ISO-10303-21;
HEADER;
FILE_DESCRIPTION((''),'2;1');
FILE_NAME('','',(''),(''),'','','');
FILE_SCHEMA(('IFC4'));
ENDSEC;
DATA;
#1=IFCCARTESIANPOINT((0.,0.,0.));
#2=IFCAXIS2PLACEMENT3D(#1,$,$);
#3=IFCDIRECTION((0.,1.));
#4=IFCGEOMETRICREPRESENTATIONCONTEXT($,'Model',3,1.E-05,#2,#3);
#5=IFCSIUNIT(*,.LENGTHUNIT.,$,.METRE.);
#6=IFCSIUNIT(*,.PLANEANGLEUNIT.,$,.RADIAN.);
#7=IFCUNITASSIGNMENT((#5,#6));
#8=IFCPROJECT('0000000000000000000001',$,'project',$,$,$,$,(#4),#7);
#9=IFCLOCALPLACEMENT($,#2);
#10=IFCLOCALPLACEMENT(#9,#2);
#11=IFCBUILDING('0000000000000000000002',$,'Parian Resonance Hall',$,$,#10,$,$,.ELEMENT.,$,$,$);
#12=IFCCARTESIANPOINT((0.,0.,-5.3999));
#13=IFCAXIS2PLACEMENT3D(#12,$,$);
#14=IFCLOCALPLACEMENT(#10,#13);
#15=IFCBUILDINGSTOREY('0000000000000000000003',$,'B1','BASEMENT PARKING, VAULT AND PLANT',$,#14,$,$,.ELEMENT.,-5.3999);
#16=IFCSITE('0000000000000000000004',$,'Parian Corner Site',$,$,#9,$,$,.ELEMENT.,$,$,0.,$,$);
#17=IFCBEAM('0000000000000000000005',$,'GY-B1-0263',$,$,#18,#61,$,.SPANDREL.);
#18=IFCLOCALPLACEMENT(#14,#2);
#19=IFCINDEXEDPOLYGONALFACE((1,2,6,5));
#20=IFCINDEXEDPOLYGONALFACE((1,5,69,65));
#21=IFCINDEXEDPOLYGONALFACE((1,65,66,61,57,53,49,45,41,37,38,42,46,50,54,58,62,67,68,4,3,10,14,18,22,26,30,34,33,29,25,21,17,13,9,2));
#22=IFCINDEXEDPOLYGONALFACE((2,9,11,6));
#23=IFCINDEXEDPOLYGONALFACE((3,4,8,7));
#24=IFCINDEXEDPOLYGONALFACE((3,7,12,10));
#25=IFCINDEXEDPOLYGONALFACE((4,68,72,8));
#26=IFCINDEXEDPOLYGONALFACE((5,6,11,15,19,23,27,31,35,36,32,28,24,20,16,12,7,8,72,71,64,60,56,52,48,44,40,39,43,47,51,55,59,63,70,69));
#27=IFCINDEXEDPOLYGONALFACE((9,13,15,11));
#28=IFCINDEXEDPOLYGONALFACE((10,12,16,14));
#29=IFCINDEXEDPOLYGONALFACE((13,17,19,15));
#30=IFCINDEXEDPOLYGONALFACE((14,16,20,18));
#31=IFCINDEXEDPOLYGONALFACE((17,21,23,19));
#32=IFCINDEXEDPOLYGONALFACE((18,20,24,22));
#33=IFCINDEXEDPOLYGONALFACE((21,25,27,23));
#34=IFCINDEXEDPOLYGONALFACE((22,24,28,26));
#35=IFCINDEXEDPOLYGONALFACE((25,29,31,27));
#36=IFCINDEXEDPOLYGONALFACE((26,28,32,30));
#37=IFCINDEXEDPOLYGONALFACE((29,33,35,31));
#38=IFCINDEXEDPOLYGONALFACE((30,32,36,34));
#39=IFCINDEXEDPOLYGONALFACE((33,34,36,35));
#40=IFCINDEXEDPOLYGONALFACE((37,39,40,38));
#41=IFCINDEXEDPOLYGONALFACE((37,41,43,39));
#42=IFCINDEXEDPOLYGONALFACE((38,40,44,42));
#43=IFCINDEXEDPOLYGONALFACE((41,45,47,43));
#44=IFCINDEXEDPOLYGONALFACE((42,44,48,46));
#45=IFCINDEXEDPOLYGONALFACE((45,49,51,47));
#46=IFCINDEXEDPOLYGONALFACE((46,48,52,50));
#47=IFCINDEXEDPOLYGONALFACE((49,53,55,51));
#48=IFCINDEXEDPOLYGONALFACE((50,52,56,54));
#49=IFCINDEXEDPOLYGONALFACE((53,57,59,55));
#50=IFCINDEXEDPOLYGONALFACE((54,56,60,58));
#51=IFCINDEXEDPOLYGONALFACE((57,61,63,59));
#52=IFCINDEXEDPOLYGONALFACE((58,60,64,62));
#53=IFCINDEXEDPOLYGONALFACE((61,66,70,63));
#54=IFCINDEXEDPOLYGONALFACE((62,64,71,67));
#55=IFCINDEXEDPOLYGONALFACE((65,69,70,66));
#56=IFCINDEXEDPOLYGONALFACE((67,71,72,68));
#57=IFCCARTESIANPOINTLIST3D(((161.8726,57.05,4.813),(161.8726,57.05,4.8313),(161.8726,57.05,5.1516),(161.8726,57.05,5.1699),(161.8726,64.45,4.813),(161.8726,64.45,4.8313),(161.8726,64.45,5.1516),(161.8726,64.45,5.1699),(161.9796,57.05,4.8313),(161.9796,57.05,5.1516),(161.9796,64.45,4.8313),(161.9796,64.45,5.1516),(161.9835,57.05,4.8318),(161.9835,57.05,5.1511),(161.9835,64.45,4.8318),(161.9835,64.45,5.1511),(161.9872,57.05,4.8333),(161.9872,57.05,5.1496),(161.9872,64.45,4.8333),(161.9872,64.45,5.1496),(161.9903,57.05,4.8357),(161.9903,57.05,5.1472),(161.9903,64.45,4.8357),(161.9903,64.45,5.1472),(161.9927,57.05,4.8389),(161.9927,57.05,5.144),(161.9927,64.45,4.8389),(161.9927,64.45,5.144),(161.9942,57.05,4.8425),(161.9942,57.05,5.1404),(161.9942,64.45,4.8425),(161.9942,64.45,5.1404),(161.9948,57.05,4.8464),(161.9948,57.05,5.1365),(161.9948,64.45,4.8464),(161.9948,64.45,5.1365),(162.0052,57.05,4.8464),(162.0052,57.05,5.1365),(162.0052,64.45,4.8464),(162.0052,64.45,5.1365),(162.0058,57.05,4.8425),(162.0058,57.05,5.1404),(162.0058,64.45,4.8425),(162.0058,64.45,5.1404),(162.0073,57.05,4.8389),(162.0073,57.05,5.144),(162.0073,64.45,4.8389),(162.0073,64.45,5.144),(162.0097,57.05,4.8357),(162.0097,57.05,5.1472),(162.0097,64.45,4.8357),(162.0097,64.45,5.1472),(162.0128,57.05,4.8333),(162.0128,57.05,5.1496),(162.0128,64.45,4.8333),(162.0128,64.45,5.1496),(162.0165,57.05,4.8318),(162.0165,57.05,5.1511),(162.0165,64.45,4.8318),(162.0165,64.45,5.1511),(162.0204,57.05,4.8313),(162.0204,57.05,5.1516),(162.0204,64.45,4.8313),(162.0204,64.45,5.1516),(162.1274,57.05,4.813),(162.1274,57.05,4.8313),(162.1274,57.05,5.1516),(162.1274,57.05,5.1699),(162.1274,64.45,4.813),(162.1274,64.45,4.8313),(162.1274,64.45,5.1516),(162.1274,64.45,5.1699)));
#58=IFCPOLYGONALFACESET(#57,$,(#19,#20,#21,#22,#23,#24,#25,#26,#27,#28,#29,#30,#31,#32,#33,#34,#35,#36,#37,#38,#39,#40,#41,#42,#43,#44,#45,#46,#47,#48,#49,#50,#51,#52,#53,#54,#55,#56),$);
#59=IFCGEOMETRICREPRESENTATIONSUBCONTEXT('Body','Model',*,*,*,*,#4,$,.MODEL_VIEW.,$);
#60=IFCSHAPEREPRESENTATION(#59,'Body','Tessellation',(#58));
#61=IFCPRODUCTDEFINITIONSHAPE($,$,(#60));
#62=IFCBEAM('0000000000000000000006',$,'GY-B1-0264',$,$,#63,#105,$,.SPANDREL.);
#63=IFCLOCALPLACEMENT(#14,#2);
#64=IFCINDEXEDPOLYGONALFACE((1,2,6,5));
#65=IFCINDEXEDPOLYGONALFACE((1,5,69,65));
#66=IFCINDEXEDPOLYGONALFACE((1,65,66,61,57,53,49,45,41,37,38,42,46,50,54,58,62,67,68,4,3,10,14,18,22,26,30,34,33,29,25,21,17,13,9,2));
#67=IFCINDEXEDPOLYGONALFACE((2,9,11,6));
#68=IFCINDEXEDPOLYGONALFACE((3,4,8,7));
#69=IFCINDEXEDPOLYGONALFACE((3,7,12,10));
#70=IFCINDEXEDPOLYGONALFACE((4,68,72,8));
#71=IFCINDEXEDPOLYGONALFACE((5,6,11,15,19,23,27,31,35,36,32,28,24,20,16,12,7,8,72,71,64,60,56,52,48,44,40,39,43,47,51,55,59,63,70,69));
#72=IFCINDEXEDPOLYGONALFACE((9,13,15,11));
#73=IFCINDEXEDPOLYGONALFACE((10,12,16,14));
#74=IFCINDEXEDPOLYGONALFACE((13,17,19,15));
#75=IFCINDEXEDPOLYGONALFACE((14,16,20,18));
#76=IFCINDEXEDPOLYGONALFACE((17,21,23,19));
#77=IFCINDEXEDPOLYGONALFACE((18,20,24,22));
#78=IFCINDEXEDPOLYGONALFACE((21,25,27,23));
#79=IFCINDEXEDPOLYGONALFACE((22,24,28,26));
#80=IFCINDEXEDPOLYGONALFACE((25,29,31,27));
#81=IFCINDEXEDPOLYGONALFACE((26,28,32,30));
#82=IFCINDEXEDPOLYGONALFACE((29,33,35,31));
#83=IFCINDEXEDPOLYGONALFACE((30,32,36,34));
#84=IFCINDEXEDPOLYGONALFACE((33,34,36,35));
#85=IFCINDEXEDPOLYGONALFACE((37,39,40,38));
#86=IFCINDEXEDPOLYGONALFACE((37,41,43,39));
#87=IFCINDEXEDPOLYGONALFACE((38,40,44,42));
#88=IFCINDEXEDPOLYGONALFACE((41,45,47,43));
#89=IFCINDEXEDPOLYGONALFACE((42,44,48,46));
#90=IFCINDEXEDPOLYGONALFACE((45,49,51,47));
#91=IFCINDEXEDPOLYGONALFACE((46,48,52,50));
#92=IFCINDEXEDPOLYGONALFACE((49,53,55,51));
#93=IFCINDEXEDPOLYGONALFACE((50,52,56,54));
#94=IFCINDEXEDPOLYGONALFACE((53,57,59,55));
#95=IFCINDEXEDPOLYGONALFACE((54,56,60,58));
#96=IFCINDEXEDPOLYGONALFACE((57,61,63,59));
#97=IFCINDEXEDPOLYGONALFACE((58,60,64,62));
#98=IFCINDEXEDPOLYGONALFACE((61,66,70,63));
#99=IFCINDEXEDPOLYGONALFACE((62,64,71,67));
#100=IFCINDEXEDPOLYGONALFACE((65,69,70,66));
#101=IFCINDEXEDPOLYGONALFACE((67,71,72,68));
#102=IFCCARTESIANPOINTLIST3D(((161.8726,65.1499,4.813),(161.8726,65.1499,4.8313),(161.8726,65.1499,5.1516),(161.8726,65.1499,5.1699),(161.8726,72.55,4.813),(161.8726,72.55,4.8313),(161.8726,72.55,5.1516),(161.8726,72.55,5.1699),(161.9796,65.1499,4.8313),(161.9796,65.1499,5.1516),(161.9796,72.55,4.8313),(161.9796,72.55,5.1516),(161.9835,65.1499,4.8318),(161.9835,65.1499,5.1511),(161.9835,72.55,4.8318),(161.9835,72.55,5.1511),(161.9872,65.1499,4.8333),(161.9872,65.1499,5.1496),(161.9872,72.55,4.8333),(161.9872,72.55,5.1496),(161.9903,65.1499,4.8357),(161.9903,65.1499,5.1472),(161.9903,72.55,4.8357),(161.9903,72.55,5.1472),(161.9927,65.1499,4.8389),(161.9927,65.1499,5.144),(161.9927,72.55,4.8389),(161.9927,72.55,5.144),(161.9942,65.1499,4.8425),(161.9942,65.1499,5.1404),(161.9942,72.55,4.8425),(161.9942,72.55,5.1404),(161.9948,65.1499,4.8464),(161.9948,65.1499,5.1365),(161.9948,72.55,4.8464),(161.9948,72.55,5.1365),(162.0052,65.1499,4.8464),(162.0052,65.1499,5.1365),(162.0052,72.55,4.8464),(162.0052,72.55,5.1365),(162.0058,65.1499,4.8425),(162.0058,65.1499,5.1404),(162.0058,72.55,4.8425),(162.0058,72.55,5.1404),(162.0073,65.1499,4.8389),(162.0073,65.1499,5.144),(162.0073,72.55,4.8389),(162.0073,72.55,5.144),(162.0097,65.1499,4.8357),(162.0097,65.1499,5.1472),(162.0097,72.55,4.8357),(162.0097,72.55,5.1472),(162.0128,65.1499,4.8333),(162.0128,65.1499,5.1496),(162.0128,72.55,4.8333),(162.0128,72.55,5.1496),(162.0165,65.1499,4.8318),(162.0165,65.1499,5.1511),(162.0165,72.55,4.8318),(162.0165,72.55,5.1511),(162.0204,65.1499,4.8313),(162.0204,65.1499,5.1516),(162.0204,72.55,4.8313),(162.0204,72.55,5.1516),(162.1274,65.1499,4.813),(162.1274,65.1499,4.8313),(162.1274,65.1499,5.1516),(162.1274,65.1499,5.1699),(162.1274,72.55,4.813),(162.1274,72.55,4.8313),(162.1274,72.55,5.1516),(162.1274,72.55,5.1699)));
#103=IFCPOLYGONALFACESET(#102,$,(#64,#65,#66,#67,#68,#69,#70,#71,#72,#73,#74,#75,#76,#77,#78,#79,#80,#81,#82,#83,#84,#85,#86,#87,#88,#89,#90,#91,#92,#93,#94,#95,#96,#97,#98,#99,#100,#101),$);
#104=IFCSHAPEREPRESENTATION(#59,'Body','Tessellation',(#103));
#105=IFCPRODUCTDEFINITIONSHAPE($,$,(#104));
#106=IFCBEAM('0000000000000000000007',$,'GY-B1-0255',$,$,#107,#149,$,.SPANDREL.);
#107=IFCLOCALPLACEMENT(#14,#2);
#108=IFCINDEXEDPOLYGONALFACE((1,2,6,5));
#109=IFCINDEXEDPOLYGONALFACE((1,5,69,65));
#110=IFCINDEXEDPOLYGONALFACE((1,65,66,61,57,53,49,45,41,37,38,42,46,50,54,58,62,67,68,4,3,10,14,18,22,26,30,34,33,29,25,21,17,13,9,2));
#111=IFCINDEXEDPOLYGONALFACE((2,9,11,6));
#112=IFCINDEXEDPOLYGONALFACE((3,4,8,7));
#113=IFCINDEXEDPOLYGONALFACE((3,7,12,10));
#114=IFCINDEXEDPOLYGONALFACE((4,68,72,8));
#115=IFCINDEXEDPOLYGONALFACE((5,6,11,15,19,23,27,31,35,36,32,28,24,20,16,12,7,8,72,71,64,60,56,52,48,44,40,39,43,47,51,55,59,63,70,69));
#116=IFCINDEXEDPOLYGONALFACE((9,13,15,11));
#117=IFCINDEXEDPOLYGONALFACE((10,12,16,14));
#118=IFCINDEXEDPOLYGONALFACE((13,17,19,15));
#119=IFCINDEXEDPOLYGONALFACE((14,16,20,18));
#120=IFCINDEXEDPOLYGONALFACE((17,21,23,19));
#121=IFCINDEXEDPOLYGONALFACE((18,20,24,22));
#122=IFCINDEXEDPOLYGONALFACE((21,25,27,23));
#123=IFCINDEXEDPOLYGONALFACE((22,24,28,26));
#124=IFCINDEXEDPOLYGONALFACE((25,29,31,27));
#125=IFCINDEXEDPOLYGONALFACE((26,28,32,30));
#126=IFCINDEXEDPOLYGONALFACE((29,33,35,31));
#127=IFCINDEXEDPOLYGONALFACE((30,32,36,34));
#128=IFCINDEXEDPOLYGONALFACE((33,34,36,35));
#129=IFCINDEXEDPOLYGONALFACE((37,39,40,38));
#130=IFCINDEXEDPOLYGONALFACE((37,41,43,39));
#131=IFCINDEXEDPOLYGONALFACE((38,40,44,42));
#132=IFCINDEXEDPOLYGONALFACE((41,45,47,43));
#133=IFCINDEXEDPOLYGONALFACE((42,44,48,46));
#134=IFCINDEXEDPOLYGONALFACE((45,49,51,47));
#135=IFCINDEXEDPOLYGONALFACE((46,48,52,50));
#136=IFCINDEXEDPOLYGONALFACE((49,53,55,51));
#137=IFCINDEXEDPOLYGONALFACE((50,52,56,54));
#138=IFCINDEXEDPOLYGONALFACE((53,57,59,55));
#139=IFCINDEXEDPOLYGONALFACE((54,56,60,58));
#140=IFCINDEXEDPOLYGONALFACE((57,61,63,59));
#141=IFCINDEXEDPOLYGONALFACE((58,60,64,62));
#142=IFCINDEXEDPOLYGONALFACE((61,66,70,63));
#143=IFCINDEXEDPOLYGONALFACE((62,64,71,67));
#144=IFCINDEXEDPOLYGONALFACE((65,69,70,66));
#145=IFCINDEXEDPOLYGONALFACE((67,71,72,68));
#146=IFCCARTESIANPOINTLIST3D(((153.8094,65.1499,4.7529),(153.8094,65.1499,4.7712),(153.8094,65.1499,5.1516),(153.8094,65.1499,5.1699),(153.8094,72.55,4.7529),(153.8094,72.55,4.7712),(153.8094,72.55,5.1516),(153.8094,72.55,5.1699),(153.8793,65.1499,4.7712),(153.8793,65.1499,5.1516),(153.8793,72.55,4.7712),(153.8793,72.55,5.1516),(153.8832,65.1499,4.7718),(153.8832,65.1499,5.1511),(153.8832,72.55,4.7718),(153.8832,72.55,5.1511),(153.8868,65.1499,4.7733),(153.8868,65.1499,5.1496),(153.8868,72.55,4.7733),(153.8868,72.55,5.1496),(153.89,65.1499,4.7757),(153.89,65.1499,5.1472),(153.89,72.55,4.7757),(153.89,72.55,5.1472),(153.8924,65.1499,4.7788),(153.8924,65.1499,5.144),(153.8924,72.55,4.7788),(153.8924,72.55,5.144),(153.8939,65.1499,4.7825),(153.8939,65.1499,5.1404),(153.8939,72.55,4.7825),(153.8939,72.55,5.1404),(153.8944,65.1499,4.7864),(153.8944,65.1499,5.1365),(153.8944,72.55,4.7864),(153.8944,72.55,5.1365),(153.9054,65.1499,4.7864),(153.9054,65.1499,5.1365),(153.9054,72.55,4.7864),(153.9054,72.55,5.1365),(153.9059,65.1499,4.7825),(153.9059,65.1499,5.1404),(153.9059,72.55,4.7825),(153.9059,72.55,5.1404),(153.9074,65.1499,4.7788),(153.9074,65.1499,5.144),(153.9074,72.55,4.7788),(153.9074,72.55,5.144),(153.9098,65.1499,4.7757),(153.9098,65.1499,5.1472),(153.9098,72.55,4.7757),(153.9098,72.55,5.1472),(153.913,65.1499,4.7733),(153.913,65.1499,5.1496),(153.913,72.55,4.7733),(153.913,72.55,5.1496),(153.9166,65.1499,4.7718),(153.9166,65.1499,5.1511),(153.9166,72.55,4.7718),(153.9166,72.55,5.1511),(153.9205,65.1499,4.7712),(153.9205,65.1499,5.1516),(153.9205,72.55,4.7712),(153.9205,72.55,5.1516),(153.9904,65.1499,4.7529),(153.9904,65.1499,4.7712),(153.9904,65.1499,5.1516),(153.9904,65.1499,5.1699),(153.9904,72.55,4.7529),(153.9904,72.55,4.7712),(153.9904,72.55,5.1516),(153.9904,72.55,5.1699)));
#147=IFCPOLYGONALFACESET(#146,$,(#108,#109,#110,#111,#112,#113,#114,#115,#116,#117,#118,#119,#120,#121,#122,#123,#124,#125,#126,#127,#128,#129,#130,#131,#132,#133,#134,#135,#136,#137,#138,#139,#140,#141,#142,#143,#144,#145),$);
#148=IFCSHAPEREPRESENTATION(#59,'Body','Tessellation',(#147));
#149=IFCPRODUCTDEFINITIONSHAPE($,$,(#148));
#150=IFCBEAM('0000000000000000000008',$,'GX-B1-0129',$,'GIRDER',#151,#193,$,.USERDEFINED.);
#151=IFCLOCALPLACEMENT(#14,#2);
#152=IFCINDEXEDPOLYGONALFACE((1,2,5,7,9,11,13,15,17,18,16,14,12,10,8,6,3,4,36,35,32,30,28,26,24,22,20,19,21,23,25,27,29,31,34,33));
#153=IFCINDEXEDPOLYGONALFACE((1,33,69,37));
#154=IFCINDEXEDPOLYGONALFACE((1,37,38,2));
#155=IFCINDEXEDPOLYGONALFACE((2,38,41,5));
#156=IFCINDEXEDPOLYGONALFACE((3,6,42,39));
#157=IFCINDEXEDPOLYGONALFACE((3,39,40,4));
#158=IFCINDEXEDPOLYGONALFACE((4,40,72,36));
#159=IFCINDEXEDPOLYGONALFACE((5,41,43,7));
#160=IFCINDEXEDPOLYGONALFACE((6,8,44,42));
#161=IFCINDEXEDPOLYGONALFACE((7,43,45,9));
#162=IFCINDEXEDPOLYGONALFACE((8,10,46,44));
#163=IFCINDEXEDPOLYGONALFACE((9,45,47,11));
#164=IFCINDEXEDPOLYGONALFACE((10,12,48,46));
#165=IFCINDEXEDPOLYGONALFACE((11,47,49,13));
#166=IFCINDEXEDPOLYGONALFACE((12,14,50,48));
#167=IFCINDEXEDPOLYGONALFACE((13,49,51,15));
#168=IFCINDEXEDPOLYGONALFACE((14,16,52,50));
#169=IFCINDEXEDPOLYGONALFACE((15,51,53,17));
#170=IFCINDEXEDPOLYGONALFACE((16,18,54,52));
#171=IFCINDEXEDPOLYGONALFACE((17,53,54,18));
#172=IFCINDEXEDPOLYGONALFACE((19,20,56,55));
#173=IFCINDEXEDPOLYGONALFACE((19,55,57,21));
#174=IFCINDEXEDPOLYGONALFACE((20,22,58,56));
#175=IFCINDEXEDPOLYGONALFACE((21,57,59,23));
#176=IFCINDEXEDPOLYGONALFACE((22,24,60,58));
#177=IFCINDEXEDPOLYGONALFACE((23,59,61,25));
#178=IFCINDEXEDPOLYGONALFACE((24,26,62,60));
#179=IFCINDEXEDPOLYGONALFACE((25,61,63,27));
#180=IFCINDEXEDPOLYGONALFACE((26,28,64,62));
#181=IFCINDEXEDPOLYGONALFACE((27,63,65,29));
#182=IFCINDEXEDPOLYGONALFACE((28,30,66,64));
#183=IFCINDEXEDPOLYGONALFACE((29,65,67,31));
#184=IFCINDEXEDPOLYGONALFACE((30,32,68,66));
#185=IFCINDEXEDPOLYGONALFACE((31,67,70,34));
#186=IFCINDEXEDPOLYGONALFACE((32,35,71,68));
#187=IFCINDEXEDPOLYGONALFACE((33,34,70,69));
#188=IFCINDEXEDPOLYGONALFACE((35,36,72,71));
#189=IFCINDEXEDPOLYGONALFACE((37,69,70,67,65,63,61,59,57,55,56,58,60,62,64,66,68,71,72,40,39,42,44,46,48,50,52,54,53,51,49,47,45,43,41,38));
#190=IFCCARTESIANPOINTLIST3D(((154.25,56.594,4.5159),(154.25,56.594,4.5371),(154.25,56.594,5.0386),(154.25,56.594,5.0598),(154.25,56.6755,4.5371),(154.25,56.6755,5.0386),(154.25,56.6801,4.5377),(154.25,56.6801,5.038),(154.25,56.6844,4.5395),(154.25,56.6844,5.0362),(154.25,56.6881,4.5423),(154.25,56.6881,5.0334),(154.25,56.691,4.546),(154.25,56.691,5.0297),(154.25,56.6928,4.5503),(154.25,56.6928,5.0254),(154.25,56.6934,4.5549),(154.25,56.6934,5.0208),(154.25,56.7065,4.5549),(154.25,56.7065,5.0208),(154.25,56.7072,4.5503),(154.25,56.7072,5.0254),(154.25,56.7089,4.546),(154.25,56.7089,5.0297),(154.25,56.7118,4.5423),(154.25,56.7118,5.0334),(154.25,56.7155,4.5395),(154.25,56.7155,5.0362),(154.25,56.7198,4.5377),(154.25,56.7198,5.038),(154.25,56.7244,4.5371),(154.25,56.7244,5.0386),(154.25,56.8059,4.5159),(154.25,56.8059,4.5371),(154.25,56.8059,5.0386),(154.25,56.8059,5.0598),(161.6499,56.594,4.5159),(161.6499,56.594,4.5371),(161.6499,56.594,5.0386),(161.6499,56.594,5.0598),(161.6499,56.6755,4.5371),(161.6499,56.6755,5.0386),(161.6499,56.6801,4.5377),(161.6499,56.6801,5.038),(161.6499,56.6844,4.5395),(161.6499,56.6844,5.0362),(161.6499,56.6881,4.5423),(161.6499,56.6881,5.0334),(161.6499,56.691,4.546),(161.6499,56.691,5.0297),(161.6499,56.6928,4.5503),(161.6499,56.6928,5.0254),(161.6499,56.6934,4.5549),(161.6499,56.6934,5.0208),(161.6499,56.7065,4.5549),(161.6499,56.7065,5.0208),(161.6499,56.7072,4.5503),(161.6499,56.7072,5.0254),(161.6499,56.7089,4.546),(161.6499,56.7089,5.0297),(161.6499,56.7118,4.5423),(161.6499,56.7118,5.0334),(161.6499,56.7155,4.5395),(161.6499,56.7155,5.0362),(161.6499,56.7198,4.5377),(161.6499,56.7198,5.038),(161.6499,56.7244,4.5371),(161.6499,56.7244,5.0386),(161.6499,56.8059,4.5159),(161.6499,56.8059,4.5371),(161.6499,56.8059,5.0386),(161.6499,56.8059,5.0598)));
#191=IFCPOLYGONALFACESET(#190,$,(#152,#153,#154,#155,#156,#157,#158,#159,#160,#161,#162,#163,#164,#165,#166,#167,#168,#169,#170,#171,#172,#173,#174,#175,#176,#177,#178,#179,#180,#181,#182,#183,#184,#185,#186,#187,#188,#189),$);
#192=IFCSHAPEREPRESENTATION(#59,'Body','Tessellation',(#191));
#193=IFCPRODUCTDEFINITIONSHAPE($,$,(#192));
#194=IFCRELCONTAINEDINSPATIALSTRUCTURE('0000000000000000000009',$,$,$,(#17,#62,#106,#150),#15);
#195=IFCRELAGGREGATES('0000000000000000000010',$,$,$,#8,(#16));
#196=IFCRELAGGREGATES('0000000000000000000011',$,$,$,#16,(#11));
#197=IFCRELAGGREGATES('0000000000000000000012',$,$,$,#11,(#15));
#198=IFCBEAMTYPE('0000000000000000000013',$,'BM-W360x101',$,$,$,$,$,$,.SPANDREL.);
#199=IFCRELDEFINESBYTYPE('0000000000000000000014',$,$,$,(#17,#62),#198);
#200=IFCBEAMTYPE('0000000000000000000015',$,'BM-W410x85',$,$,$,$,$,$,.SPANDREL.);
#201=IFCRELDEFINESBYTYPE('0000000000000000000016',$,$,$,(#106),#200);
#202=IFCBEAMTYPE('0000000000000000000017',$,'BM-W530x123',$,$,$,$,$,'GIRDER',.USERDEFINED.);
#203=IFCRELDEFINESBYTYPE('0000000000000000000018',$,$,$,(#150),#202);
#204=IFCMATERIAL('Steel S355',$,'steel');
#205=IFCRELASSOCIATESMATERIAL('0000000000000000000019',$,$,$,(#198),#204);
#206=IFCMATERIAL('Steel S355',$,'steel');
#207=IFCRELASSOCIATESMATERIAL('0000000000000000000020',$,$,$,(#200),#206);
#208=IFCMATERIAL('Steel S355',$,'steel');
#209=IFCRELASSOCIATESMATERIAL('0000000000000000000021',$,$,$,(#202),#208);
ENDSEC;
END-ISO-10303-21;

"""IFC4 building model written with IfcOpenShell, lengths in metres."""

from ifc_helpers import new_model, si_unit, direction, frame, origin, origin_2d, place, context, subcontext, project, spatial, i_section, extrude, material, material_profile, profile_set, type_object, element, save


model = new_model("IFC4")

# Units and contexts
model_context = context("Model", 3, precision=1e-05, world=origin(), true_north=direction((0.0, 1.0)))
body_context = subcontext(model_context, "Body", "Model", "MODEL_VIEW")
ifc_project = project(units=[si_unit("LENGTHUNIT", "METRE"), si_unit("PLANEANGLEUNIT", "RADIAN")], contexts=[model_context])

# Site, building, storey
site_placement = place(None, origin())
site = spatial("IfcSite", under=ifc_project, at=site_placement, Name="Parian Corner Site", CompositionType="ELEMENT", RefElevation=0.0)
building_placement = place(site_placement, origin())
building = spatial("IfcBuilding", under=site, at=building_placement, Name="Parian Resonance Hall", CompositionType="ELEMENT")
storey_placement = place(building_placement, frame((0.0, 0.0, -5.3999)))
storey = spatial("IfcBuildingStorey", under=building, at=storey_placement, Name="B1", Description="BASEMENT PARKING, VAULT AND PLANT", CompositionType="ELEMENT", Elevation=-5.3999)

# Beams
ifc_material_1 = material(Name="Steel S355", Category="steel")
ifc_material_profile_1 = material_profile(ifc_material_1, i_section(OverallWidth=0.2549, OverallDepth=0.3569, WebThickness=0.0105, FlangeThickness=0.0183, FilletRadius=0.0151, at=origin_2d()), Name="W360x101")
ifc_profile_set_1 = profile_set([ifc_material_profile_1], Name="Steel S355")
beam_type_1 = type_object("IfcBeamType", Name="BM-W360x101", PredefinedType="SPANDREL", material=ifc_profile_set_1)
beam_1_placement = place(storey_placement, frame((162.0, 57.05, 4.9915), z_axis=(0.0, 1.0, 0.0), x_axis=(-1.0, 0.0, 0.0)))
element("IfcBeam", 1, at=beam_1_placement, inside=storey, type_object=beam_type_1, Name="GY-B1-0263", PredefinedType="SPANDREL", context=body_context, shape_type="SweptSolid", body=[
    extrude(i_section(OverallWidth=0.2549, OverallDepth=0.3569, WebThickness=0.0105, FlangeThickness=0.0183, FilletRadius=0.0151, at=origin_2d()), origin(), (0.0, 0.0, 1.0), 7.3999),
])
beam_2_placement = place(storey_placement, frame((162.0, 65.1499, 4.9915), z_axis=(0.0, 1.0, 0.0), x_axis=(-1.0, 0.0, 0.0)))
element("IfcBeam", 2, at=beam_2_placement, inside=storey, type_object=beam_type_1, Name="GY-B1-0264", PredefinedType="SPANDREL", context=body_context, shape_type="SweptSolid", body=[
    extrude(i_section(OverallWidth=0.2549, OverallDepth=0.3569, WebThickness=0.0105, FlangeThickness=0.0183, FilletRadius=0.0151, at=origin_2d()), origin(), (0.0, 0.0, 1.0), 7.4001),
])
ifc_material_2 = material(Name="Steel S355", Category="steel")
ifc_material_profile_2 = material_profile(ifc_material_2, i_section(OverallWidth=0.1809, OverallDepth=0.417, WebThickness=0.011, FlangeThickness=0.0183, FilletRadius=0.0151, at=origin_2d()), Name="W410x85")
ifc_profile_set_2 = profile_set([ifc_material_profile_2], Name="Steel S355")
beam_type_2 = type_object("IfcBeamType", Name="BM-W410x85", PredefinedType="SPANDREL", material=ifc_profile_set_2)
beam_3_placement = place(storey_placement, frame((153.8999, 65.1499, 4.9614), z_axis=(0.0, 1.0, 0.0), x_axis=(-1.0, 0.0, 0.0)))
element("IfcBeam", 3, at=beam_3_placement, inside=storey, type_object=beam_type_2, Name="GY-B1-0255", PredefinedType="SPANDREL", context=body_context, shape_type="SweptSolid", body=[
    extrude(i_section(OverallWidth=0.1809, OverallDepth=0.417, WebThickness=0.011, FlangeThickness=0.0183, FilletRadius=0.0151, at=origin_2d()), origin(), (0.0, 0.0, 1.0), 7.4001),
])
ifc_material_3 = material(Name="Steel S355", Category="steel")
ifc_material_profile_3 = material_profile(ifc_material_3, i_section(OverallWidth=0.2119, OverallDepth=0.5439, WebThickness=0.0132, FlangeThickness=0.0212, FilletRadius=0.0178, at=origin_2d()), Name="W530x123")
ifc_profile_set_3 = profile_set([ifc_material_profile_3], Name="Steel S355")
beam_type_3 = type_object("IfcBeamType", Name="BM-W530x123", ElementType="GIRDER", PredefinedType="USERDEFINED", material=ifc_profile_set_3)
beam_4_placement = place(storey_placement, frame((154.25, 56.7, 4.7878), z_axis=(1.0, 0.0, 0.0), x_axis=(0.0, 1.0, 0.0)))
element("IfcBeam", 4, at=beam_4_placement, inside=storey, type_object=beam_type_3, Name="GX-B1-0129", ObjectType="GIRDER", PredefinedType="USERDEFINED", context=body_context, shape_type="SweptSolid", body=[
    extrude(i_section(OverallWidth=0.2119, OverallDepth=0.5439, WebThickness=0.0132, FlangeThickness=0.0212, FilletRadius=0.0178, at=origin_2d()), origin(), (0.0, 0.0, 1.0), 7.3999),
])

save(model, "model.ifc")
